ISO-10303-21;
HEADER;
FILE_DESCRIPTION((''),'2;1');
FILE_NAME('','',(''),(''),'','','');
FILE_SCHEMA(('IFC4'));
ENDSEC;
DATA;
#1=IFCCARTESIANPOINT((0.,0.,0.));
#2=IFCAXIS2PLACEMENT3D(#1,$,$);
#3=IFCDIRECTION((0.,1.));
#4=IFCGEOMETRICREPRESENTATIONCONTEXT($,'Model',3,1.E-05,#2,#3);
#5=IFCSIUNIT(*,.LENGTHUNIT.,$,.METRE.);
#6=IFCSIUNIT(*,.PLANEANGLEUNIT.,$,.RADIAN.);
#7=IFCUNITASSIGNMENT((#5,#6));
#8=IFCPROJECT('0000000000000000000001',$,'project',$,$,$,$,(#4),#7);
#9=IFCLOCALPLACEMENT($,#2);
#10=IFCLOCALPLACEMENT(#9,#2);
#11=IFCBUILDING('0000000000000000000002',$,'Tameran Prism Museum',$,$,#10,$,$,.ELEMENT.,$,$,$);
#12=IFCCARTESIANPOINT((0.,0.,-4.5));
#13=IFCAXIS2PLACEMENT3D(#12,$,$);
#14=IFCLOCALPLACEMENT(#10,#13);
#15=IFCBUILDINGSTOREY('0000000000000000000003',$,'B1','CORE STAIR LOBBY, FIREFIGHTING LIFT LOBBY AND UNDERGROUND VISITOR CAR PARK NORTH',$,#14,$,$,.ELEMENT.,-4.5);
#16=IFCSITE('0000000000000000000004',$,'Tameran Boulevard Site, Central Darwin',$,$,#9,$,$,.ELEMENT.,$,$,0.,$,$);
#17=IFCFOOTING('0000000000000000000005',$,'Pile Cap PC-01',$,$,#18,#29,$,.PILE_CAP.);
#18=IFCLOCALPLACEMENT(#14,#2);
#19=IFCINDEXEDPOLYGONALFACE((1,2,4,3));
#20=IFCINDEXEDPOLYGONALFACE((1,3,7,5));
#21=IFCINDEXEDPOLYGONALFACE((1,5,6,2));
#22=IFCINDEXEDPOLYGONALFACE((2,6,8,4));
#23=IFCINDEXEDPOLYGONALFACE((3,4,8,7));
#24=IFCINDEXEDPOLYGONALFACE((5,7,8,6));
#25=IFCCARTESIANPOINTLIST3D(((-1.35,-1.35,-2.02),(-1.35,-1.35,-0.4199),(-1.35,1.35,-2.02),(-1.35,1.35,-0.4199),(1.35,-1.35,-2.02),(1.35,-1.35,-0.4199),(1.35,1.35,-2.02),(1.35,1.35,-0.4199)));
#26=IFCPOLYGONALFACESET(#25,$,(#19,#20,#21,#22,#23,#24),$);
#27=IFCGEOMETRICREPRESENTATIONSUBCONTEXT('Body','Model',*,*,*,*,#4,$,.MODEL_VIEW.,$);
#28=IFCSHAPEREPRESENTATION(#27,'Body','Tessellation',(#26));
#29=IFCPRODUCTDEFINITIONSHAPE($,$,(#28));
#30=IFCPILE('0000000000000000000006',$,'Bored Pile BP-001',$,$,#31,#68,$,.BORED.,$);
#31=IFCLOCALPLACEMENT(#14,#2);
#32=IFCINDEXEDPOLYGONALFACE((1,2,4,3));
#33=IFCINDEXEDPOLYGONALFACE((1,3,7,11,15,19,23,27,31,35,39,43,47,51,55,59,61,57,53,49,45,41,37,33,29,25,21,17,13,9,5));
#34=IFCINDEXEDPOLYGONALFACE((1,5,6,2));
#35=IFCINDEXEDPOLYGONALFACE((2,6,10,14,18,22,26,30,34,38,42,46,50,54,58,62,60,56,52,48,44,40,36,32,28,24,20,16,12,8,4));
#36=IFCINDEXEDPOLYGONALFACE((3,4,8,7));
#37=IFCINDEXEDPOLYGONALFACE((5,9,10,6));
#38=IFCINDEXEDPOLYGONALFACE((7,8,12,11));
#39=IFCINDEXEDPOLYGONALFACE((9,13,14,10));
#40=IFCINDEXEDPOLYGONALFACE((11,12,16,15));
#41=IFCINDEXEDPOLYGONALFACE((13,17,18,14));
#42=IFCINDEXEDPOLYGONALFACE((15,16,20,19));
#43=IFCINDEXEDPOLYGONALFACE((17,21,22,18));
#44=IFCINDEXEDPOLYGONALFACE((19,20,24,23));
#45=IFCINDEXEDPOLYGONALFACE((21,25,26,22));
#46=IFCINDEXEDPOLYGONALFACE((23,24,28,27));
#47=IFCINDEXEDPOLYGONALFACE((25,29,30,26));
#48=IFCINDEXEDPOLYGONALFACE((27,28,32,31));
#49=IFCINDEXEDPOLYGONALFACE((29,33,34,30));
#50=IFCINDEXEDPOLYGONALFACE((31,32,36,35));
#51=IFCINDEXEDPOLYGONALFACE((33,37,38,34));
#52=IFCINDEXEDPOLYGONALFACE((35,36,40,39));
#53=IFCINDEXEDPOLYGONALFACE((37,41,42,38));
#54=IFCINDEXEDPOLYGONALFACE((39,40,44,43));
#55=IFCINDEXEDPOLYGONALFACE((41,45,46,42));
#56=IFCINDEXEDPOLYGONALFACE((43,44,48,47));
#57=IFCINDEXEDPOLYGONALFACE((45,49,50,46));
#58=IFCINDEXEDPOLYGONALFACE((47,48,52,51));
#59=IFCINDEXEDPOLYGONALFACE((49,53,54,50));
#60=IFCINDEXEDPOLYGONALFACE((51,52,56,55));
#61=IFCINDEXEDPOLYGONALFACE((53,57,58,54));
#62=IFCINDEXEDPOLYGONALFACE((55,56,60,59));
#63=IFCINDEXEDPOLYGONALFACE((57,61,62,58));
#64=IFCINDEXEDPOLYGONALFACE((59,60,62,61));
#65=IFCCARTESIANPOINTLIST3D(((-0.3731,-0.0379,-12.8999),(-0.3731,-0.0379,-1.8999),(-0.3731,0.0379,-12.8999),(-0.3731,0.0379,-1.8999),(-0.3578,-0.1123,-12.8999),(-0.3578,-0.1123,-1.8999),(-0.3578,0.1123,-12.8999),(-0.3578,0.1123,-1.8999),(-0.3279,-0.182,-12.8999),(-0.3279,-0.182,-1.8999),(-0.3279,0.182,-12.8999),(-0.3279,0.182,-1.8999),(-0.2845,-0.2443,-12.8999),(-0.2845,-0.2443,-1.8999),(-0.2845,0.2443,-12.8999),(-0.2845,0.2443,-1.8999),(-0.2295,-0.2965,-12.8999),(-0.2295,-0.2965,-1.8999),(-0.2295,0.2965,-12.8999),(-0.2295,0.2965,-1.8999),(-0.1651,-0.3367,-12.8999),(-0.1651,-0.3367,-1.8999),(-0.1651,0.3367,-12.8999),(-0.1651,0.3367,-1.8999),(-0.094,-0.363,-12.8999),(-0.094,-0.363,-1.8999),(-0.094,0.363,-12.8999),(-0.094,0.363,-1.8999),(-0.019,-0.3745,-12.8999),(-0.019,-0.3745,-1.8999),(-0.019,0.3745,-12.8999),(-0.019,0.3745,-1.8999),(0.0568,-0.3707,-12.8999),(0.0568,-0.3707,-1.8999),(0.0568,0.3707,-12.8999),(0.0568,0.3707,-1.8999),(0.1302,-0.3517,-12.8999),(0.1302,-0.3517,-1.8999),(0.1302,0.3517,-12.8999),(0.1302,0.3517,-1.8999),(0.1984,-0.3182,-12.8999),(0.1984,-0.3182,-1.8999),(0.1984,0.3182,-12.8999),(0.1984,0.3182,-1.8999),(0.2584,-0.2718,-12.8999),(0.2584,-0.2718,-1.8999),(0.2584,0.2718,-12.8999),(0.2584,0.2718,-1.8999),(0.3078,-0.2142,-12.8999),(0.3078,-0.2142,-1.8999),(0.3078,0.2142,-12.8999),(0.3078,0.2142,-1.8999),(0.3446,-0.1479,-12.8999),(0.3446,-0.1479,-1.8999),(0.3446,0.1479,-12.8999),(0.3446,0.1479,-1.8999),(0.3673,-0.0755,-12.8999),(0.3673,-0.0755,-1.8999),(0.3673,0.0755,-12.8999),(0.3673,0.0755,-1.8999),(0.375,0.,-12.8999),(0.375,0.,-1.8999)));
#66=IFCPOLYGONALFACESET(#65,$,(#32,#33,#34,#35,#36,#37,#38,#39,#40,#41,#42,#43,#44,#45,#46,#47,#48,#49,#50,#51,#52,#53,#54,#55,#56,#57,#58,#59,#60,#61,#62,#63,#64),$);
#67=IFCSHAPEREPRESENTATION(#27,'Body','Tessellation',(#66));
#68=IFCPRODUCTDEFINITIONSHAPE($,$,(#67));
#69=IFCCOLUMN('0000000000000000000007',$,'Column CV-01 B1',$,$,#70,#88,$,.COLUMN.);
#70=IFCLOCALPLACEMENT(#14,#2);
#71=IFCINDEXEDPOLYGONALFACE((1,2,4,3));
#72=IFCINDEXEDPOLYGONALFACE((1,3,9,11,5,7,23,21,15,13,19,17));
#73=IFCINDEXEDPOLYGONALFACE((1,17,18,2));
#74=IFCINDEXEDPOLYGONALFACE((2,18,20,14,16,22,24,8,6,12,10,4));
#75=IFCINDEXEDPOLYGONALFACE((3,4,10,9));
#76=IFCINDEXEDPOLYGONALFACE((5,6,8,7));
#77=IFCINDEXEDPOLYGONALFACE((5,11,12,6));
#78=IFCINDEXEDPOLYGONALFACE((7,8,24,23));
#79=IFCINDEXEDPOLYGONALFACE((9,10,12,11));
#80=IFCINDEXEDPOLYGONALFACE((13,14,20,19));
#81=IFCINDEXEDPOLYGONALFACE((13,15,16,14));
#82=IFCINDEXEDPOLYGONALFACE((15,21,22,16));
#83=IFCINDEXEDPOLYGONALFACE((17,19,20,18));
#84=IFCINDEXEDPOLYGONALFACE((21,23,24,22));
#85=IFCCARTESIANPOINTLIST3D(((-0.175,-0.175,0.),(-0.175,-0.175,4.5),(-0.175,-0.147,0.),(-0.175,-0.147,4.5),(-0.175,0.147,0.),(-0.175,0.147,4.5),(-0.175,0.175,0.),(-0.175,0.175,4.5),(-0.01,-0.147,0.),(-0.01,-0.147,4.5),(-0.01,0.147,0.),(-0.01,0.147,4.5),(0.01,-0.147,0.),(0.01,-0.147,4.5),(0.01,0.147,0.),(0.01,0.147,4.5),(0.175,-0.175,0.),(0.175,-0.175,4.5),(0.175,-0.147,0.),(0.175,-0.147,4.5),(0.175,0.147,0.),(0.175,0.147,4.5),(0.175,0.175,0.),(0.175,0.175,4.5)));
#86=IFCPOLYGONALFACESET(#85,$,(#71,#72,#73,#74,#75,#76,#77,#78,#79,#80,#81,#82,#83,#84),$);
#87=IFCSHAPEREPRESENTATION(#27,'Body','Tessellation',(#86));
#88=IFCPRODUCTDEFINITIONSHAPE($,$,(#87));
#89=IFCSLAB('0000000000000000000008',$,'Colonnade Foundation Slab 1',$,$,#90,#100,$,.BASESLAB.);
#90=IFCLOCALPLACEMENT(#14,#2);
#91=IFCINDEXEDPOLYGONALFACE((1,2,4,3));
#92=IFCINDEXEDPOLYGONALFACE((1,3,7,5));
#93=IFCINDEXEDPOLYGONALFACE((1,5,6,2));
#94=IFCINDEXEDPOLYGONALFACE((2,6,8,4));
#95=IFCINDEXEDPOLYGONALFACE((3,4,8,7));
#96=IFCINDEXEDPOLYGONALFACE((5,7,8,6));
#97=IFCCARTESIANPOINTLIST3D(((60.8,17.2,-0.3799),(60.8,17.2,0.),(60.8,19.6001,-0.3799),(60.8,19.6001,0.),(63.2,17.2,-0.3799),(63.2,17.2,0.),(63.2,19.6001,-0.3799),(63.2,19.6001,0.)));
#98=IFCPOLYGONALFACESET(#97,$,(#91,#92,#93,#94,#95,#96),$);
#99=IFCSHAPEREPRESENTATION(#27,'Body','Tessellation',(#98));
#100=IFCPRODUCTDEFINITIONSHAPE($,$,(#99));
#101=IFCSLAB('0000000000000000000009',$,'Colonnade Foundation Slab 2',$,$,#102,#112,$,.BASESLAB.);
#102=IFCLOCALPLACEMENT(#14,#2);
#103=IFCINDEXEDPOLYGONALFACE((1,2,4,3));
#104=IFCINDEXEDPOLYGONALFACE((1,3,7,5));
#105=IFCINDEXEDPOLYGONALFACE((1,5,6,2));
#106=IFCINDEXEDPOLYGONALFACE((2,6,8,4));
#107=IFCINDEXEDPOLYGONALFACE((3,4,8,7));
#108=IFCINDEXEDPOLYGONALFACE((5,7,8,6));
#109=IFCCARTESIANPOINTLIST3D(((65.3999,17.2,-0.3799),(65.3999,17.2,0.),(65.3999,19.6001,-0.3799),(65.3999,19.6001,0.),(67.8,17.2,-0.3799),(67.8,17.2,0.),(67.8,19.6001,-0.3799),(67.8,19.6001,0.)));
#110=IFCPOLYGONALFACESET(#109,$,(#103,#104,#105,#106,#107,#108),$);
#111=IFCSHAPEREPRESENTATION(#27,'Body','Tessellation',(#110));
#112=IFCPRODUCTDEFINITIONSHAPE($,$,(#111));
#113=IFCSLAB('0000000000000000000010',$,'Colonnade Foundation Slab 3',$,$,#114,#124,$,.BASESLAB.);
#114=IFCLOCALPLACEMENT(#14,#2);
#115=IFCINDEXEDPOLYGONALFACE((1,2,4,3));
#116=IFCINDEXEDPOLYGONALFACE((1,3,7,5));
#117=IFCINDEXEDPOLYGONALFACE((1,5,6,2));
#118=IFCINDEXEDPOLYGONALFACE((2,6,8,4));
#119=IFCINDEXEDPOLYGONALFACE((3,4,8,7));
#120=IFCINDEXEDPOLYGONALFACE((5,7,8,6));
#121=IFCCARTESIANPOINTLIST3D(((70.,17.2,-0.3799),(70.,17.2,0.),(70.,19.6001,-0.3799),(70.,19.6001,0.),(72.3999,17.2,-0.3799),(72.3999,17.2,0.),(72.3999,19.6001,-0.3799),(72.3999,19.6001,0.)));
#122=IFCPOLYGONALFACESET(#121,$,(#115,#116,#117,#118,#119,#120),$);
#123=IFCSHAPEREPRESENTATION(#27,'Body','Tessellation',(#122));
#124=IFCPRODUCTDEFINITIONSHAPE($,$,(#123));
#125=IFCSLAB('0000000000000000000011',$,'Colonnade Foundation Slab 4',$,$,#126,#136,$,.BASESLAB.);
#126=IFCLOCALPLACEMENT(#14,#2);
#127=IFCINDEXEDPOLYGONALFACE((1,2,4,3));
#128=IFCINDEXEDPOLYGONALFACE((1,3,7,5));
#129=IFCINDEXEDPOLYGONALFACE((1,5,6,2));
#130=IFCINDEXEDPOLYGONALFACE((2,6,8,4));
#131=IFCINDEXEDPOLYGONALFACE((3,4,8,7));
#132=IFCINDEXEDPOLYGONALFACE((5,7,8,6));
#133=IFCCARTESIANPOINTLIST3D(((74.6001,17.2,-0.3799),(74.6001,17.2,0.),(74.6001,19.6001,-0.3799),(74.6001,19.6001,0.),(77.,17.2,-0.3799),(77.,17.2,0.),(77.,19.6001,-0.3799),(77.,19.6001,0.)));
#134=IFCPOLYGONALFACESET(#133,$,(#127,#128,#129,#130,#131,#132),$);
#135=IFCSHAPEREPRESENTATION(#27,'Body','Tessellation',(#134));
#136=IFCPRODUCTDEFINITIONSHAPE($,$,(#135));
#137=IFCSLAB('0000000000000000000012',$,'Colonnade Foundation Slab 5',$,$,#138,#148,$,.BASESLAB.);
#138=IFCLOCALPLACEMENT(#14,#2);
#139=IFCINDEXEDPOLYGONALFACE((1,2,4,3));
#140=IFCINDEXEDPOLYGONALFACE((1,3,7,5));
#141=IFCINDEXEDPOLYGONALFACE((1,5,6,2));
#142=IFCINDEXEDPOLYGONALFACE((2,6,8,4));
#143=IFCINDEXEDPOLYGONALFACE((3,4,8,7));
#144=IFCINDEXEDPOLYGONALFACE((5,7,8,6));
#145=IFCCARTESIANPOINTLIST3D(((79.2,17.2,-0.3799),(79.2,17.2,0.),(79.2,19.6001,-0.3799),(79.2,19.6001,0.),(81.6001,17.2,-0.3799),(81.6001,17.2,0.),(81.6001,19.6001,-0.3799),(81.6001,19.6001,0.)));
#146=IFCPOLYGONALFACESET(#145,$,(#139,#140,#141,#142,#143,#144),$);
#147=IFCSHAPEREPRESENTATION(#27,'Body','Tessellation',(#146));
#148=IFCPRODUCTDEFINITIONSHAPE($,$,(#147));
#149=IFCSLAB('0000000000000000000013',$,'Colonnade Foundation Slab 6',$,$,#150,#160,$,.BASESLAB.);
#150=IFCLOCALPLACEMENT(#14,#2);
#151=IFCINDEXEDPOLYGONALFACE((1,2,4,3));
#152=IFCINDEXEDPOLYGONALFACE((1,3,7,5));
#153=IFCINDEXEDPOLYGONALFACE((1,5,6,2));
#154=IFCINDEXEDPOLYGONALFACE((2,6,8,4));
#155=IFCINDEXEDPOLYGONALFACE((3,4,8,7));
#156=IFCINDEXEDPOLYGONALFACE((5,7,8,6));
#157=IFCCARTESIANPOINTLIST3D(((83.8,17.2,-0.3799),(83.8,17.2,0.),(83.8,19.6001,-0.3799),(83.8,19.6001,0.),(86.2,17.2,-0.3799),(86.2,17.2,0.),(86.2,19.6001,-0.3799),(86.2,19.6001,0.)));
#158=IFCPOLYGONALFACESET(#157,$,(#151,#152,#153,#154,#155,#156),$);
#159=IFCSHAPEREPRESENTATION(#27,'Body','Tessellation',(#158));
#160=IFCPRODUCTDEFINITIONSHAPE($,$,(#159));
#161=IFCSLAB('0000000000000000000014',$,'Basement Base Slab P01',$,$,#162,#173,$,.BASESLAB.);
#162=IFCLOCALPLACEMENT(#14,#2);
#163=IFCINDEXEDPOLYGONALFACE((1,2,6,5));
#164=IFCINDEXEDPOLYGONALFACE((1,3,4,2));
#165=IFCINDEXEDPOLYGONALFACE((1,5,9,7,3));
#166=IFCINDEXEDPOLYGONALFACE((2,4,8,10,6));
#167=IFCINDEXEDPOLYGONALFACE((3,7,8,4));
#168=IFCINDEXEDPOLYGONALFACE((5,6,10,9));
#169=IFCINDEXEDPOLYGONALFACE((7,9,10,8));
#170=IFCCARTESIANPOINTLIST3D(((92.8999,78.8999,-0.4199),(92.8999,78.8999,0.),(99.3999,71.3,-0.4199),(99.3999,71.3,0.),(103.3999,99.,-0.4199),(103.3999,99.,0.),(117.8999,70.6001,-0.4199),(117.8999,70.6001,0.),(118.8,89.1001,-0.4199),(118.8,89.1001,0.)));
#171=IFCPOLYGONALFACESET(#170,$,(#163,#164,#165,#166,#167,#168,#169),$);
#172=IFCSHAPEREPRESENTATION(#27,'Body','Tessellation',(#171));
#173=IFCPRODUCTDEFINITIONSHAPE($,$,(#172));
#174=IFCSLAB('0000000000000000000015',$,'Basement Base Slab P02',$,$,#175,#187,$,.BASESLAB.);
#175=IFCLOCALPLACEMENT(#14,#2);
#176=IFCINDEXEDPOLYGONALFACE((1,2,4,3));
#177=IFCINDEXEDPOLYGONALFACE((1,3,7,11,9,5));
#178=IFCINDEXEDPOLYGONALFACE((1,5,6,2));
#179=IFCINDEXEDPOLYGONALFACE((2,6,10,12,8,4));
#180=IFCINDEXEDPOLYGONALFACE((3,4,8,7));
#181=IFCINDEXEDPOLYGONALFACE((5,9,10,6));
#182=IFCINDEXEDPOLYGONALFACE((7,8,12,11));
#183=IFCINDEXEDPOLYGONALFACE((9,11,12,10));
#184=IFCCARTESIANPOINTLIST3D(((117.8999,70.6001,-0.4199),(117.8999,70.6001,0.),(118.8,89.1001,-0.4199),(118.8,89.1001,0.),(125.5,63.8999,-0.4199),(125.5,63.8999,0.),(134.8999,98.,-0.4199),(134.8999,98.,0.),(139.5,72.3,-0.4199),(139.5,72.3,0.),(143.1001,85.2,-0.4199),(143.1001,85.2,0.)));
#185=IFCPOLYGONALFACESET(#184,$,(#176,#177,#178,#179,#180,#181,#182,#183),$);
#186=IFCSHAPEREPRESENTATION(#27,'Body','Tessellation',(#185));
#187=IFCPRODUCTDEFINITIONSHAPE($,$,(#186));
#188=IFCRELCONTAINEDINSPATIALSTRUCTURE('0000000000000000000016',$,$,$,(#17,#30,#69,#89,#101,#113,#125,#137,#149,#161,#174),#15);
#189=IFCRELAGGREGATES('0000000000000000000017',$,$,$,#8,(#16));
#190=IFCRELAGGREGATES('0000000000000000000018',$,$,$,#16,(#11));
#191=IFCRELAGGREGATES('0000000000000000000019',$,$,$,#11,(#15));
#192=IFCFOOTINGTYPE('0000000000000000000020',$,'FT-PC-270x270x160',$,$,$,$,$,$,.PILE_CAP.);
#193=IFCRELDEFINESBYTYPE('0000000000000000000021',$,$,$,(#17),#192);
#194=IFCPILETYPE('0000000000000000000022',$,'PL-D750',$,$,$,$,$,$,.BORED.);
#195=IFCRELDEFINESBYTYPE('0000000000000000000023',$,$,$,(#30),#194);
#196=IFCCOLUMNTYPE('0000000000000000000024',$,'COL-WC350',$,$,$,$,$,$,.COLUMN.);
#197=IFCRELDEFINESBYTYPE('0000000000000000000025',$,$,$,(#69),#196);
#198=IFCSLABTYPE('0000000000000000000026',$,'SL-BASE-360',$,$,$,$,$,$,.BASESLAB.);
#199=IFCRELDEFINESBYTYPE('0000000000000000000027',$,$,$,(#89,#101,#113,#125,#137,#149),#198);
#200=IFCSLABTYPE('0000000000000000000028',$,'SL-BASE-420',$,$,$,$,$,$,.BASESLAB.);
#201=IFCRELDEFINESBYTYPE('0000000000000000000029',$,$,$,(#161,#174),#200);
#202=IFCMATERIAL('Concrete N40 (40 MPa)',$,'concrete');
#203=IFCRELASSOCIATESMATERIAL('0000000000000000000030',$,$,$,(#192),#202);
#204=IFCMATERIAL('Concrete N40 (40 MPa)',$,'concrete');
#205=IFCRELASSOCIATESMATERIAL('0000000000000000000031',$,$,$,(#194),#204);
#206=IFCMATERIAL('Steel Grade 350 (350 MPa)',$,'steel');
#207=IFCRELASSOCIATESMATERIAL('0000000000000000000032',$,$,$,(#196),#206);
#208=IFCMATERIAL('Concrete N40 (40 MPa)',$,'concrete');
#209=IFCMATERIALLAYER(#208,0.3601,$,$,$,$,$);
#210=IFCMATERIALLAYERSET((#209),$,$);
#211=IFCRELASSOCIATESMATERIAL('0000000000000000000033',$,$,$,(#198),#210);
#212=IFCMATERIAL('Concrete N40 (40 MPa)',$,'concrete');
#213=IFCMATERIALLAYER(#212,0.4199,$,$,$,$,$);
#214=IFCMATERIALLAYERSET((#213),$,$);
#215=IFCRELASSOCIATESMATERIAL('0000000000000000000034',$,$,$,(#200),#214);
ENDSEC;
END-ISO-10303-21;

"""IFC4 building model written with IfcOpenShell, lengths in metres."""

from ifc_helpers import new_model, si_unit, direction, frame, origin, origin_with_axes, origin_2d, place, context, subcontext, project, spatial, polyline, rectangle, circle, i_section, outline, extrude, material, layer, layer_set, material_profile, profile_set, type_object, element, save


model = new_model("IFC4")

# Units and contexts
model_context = context("Model", 3, precision=1e-05, world=origin(), true_north=direction((0.0, 1.0)))
body_context = subcontext(model_context, "Body", "Model", "MODEL_VIEW")
ifc_project = project(units=[si_unit("LENGTHUNIT", "METRE"), si_unit("PLANEANGLEUNIT", "RADIAN")], contexts=[model_context])

# Site, building, storey
site_placement = place(None, origin())
site = spatial("IfcSite", under=ifc_project, at=site_placement, Name="Tameran Boulevard Site, Central Darwin", CompositionType="ELEMENT", RefElevation=0.0)
building_placement = place(site_placement, origin())
building = spatial("IfcBuilding", under=site, at=building_placement, Name="Tameran Prism Museum", CompositionType="ELEMENT")
storey_placement = place(building_placement, frame((0.0, 0.0, -4.5)))
storey = spatial("IfcBuildingStorey", under=building, at=storey_placement, Name="B1", Description="CORE STAIR LOBBY, FIREFIGHTING LIFT LOBBY AND UNDERGROUND VISITOR CAR PARK NORTH", CompositionType="ELEMENT", Elevation=-4.5)

# Footing
ifc_material_1 = material(Name="Concrete N40 (40 MPa)", Category="concrete")
footing_type = type_object("IfcFootingType", Name="FT-PC-270x270x160", PredefinedType="PILE_CAP", material=ifc_material_1)
footing_placement = place(storey_placement, frame((0.0, 0.0, -2.02), z_axis=(0.0, 0.0, 1.0), x_axis=(1.0, 0.0, 0.0)))
element("IfcFooting", 1, at=footing_placement, inside=storey, type_object=footing_type, Name="Pile Cap PC-01", PredefinedType="PILE_CAP", context=body_context, shape_type="SweptSolid", body=[
    extrude(rectangle(XDim=2.7, YDim=2.7, at=origin_2d()), origin(), (0.0, 0.0, 1.0), 1.6001),
])

# Pile
ifc_material_2 = material(Name="Concrete N40 (40 MPa)", Category="concrete")
ifc_material_profile_1 = material_profile(ifc_material_2, circle(Radius=0.375, at=origin_2d()))
ifc_profile_set_1 = profile_set([ifc_material_profile_1])
pile_type = type_object("IfcPileType", Name="PL-D750", PredefinedType="BORED", material=ifc_profile_set_1)
pile_placement = place(storey_placement, frame((0.0, 0.0, -1.8999), z_axis=(0.0, 0.0, -1.0), x_axis=(1.0, 0.0, 0.0)))
element("IfcPile", 2, at=pile_placement, inside=storey, type_object=pile_type, Name="Bored Pile BP-001", PredefinedType="BORED", context=body_context, shape_type="SweptSolid", body=[
    extrude(circle(Radius=0.375, at=origin_2d()), origin(), (0.0, 0.0, 1.0), 11.0),
])

# Column
ifc_material_3 = material(Name="Steel Grade 350 (350 MPa)", Category="steel")
ifc_material_profile_2 = material_profile(ifc_material_3, i_section(OverallWidth=0.3501, OverallDepth=0.3501, WebThickness=0.02, FlangeThickness=0.0281, at=origin_2d()))
ifc_profile_set_2 = profile_set([ifc_material_profile_2])
column_type = type_object("IfcColumnType", Name="COL-WC350", PredefinedType="COLUMN", material=ifc_profile_set_2)
column_placement = place(storey_placement, origin_with_axes())
element("IfcColumn", 3, at=column_placement, inside=storey, type_object=column_type, Name="Column CV-01 B1", PredefinedType="COLUMN", context=body_context, shape_type="SweptSolid", body=[
    extrude(i_section(OverallWidth=0.3501, OverallDepth=0.3501, WebThickness=0.02, FlangeThickness=0.0281, at=origin_2d()), origin(), (0.0, 0.0, 1.0), 4.5),
])

# Slabs
ifc_material_4 = material(Name="Concrete N40 (40 MPa)", Category="concrete")
ifc_layer_1 = layer(ifc_material_4, 0.3601)
ifc_layer_set_1 = layer_set([ifc_layer_1])
slab_type_1 = type_object("IfcSlabType", Name="SL-BASE-360", PredefinedType="BASESLAB", material=ifc_layer_set_1)
slab_1_placement = place(storey_placement, frame((0.0, 0.0, -0.3799)))
element("IfcSlab", 4, at=slab_1_placement, inside=storey, type_object=slab_type_1, Name="Colonnade Foundation Slab 1", PredefinedType="BASESLAB", context=body_context, shape_type="SweptSolid", body=[
    extrude(outline(polyline([(63.2, 19.6001), (63.2, 17.2), (60.8, 17.2), (60.8, 19.6001), (63.2, 19.6001)])), origin(), (0.0, 0.0, 1.0), 0.3799),
])
slab_2_placement = place(storey_placement, frame((0.0, 0.0, -0.3799)))
element("IfcSlab", 5, at=slab_2_placement, inside=storey, type_object=slab_type_1, Name="Colonnade Foundation Slab 2", PredefinedType="BASESLAB", context=body_context, shape_type="SweptSolid", body=[
    extrude(outline(polyline([(67.8, 19.6001), (67.8, 17.2), (65.3999, 17.2), (65.3999, 19.6001), (67.8, 19.6001)])), origin(), (0.0, 0.0, 1.0), 0.3799),
])
slab_3_placement = place(storey_placement, frame((0.0, 0.0, -0.3799)))
element("IfcSlab", 6, at=slab_3_placement, inside=storey, type_object=slab_type_1, Name="Colonnade Foundation Slab 3", PredefinedType="BASESLAB", context=body_context, shape_type="SweptSolid", body=[
    extrude(outline(polyline([(72.3999, 19.6001), (72.3999, 17.2), (70.0, 17.2), (70.0, 19.6001), (72.3999, 19.6001)])), origin(), (0.0, 0.0, 1.0), 0.3799),
])
slab_4_placement = place(storey_placement, frame((0.0, 0.0, -0.3799)))
element("IfcSlab", 7, at=slab_4_placement, inside=storey, type_object=slab_type_1, Name="Colonnade Foundation Slab 4", PredefinedType="BASESLAB", context=body_context, shape_type="SweptSolid", body=[
    extrude(outline(polyline([(77.0, 19.6001), (77.0, 17.2), (74.6001, 17.2), (74.6001, 19.6001), (77.0, 19.6001)])), origin(), (0.0, 0.0, 1.0), 0.3799),
])
slab_5_placement = place(storey_placement, frame((0.0, 0.0, -0.3799)))
element("IfcSlab", 8, at=slab_5_placement, inside=storey, type_object=slab_type_1, Name="Colonnade Foundation Slab 5", PredefinedType="BASESLAB", context=body_context, shape_type="SweptSolid", body=[
    extrude(outline(polyline([(81.6001, 19.6001), (81.6001, 17.2), (79.2, 17.2), (79.2, 19.6001), (81.6001, 19.6001)])), origin(), (0.0, 0.0, 1.0), 0.3799),
])
slab_6_placement = place(storey_placement, frame((0.0, 0.0, -0.3799)))
element("IfcSlab", 9, at=slab_6_placement, inside=storey, type_object=slab_type_1, Name="Colonnade Foundation Slab 6", PredefinedType="BASESLAB", context=body_context, shape_type="SweptSolid", body=[
    extrude(outline(polyline([(86.2, 19.6001), (86.2, 17.2), (83.8, 17.2), (83.8, 19.6001), (86.2, 19.6001)])), origin(), (0.0, 0.0, 1.0), 0.3799),
])
ifc_material_5 = material(Name="Concrete N40 (40 MPa)", Category="concrete")
ifc_layer_2 = layer(ifc_material_5, 0.4199)
ifc_layer_set_2 = layer_set([ifc_layer_2])
slab_type_2 = type_object("IfcSlabType", Name="SL-BASE-420", PredefinedType="BASESLAB", material=ifc_layer_set_2)
slab_7_placement = place(storey_placement, frame((0.0, 0.0, -0.4199)))
element("IfcSlab", 10, at=slab_7_placement, inside=storey, type_object=slab_type_2, Name="Basement Base Slab P01", PredefinedType="BASESLAB", context=body_context, shape_type="SweptSolid", body=[
    extrude(outline(polyline([(99.3999, 71.3), (117.8999, 70.6001), (118.8, 89.1001), (103.3999, 99.0), (92.8999, 78.8999), (99.3999, 71.3)])), origin(), (0.0, 0.0, 1.0), 0.4199),
])
slab_8_placement = place(storey_placement, frame((0.0, 0.0, -0.4199)))
element("IfcSlab", 11, at=slab_8_placement, inside=storey, type_object=slab_type_2, Name="Basement Base Slab P02", PredefinedType="BASESLAB", context=body_context, shape_type="SweptSolid", body=[
    extrude(outline(polyline([(117.8999, 70.6001), (125.5, 63.8999), (139.5, 72.3), (143.1001, 85.2), (134.8999, 98.0), (118.8, 89.1001), (117.8999, 70.6001)])), origin(), (0.0, 0.0, 1.0), 0.4199),
])

save(model, "model.ifc")
